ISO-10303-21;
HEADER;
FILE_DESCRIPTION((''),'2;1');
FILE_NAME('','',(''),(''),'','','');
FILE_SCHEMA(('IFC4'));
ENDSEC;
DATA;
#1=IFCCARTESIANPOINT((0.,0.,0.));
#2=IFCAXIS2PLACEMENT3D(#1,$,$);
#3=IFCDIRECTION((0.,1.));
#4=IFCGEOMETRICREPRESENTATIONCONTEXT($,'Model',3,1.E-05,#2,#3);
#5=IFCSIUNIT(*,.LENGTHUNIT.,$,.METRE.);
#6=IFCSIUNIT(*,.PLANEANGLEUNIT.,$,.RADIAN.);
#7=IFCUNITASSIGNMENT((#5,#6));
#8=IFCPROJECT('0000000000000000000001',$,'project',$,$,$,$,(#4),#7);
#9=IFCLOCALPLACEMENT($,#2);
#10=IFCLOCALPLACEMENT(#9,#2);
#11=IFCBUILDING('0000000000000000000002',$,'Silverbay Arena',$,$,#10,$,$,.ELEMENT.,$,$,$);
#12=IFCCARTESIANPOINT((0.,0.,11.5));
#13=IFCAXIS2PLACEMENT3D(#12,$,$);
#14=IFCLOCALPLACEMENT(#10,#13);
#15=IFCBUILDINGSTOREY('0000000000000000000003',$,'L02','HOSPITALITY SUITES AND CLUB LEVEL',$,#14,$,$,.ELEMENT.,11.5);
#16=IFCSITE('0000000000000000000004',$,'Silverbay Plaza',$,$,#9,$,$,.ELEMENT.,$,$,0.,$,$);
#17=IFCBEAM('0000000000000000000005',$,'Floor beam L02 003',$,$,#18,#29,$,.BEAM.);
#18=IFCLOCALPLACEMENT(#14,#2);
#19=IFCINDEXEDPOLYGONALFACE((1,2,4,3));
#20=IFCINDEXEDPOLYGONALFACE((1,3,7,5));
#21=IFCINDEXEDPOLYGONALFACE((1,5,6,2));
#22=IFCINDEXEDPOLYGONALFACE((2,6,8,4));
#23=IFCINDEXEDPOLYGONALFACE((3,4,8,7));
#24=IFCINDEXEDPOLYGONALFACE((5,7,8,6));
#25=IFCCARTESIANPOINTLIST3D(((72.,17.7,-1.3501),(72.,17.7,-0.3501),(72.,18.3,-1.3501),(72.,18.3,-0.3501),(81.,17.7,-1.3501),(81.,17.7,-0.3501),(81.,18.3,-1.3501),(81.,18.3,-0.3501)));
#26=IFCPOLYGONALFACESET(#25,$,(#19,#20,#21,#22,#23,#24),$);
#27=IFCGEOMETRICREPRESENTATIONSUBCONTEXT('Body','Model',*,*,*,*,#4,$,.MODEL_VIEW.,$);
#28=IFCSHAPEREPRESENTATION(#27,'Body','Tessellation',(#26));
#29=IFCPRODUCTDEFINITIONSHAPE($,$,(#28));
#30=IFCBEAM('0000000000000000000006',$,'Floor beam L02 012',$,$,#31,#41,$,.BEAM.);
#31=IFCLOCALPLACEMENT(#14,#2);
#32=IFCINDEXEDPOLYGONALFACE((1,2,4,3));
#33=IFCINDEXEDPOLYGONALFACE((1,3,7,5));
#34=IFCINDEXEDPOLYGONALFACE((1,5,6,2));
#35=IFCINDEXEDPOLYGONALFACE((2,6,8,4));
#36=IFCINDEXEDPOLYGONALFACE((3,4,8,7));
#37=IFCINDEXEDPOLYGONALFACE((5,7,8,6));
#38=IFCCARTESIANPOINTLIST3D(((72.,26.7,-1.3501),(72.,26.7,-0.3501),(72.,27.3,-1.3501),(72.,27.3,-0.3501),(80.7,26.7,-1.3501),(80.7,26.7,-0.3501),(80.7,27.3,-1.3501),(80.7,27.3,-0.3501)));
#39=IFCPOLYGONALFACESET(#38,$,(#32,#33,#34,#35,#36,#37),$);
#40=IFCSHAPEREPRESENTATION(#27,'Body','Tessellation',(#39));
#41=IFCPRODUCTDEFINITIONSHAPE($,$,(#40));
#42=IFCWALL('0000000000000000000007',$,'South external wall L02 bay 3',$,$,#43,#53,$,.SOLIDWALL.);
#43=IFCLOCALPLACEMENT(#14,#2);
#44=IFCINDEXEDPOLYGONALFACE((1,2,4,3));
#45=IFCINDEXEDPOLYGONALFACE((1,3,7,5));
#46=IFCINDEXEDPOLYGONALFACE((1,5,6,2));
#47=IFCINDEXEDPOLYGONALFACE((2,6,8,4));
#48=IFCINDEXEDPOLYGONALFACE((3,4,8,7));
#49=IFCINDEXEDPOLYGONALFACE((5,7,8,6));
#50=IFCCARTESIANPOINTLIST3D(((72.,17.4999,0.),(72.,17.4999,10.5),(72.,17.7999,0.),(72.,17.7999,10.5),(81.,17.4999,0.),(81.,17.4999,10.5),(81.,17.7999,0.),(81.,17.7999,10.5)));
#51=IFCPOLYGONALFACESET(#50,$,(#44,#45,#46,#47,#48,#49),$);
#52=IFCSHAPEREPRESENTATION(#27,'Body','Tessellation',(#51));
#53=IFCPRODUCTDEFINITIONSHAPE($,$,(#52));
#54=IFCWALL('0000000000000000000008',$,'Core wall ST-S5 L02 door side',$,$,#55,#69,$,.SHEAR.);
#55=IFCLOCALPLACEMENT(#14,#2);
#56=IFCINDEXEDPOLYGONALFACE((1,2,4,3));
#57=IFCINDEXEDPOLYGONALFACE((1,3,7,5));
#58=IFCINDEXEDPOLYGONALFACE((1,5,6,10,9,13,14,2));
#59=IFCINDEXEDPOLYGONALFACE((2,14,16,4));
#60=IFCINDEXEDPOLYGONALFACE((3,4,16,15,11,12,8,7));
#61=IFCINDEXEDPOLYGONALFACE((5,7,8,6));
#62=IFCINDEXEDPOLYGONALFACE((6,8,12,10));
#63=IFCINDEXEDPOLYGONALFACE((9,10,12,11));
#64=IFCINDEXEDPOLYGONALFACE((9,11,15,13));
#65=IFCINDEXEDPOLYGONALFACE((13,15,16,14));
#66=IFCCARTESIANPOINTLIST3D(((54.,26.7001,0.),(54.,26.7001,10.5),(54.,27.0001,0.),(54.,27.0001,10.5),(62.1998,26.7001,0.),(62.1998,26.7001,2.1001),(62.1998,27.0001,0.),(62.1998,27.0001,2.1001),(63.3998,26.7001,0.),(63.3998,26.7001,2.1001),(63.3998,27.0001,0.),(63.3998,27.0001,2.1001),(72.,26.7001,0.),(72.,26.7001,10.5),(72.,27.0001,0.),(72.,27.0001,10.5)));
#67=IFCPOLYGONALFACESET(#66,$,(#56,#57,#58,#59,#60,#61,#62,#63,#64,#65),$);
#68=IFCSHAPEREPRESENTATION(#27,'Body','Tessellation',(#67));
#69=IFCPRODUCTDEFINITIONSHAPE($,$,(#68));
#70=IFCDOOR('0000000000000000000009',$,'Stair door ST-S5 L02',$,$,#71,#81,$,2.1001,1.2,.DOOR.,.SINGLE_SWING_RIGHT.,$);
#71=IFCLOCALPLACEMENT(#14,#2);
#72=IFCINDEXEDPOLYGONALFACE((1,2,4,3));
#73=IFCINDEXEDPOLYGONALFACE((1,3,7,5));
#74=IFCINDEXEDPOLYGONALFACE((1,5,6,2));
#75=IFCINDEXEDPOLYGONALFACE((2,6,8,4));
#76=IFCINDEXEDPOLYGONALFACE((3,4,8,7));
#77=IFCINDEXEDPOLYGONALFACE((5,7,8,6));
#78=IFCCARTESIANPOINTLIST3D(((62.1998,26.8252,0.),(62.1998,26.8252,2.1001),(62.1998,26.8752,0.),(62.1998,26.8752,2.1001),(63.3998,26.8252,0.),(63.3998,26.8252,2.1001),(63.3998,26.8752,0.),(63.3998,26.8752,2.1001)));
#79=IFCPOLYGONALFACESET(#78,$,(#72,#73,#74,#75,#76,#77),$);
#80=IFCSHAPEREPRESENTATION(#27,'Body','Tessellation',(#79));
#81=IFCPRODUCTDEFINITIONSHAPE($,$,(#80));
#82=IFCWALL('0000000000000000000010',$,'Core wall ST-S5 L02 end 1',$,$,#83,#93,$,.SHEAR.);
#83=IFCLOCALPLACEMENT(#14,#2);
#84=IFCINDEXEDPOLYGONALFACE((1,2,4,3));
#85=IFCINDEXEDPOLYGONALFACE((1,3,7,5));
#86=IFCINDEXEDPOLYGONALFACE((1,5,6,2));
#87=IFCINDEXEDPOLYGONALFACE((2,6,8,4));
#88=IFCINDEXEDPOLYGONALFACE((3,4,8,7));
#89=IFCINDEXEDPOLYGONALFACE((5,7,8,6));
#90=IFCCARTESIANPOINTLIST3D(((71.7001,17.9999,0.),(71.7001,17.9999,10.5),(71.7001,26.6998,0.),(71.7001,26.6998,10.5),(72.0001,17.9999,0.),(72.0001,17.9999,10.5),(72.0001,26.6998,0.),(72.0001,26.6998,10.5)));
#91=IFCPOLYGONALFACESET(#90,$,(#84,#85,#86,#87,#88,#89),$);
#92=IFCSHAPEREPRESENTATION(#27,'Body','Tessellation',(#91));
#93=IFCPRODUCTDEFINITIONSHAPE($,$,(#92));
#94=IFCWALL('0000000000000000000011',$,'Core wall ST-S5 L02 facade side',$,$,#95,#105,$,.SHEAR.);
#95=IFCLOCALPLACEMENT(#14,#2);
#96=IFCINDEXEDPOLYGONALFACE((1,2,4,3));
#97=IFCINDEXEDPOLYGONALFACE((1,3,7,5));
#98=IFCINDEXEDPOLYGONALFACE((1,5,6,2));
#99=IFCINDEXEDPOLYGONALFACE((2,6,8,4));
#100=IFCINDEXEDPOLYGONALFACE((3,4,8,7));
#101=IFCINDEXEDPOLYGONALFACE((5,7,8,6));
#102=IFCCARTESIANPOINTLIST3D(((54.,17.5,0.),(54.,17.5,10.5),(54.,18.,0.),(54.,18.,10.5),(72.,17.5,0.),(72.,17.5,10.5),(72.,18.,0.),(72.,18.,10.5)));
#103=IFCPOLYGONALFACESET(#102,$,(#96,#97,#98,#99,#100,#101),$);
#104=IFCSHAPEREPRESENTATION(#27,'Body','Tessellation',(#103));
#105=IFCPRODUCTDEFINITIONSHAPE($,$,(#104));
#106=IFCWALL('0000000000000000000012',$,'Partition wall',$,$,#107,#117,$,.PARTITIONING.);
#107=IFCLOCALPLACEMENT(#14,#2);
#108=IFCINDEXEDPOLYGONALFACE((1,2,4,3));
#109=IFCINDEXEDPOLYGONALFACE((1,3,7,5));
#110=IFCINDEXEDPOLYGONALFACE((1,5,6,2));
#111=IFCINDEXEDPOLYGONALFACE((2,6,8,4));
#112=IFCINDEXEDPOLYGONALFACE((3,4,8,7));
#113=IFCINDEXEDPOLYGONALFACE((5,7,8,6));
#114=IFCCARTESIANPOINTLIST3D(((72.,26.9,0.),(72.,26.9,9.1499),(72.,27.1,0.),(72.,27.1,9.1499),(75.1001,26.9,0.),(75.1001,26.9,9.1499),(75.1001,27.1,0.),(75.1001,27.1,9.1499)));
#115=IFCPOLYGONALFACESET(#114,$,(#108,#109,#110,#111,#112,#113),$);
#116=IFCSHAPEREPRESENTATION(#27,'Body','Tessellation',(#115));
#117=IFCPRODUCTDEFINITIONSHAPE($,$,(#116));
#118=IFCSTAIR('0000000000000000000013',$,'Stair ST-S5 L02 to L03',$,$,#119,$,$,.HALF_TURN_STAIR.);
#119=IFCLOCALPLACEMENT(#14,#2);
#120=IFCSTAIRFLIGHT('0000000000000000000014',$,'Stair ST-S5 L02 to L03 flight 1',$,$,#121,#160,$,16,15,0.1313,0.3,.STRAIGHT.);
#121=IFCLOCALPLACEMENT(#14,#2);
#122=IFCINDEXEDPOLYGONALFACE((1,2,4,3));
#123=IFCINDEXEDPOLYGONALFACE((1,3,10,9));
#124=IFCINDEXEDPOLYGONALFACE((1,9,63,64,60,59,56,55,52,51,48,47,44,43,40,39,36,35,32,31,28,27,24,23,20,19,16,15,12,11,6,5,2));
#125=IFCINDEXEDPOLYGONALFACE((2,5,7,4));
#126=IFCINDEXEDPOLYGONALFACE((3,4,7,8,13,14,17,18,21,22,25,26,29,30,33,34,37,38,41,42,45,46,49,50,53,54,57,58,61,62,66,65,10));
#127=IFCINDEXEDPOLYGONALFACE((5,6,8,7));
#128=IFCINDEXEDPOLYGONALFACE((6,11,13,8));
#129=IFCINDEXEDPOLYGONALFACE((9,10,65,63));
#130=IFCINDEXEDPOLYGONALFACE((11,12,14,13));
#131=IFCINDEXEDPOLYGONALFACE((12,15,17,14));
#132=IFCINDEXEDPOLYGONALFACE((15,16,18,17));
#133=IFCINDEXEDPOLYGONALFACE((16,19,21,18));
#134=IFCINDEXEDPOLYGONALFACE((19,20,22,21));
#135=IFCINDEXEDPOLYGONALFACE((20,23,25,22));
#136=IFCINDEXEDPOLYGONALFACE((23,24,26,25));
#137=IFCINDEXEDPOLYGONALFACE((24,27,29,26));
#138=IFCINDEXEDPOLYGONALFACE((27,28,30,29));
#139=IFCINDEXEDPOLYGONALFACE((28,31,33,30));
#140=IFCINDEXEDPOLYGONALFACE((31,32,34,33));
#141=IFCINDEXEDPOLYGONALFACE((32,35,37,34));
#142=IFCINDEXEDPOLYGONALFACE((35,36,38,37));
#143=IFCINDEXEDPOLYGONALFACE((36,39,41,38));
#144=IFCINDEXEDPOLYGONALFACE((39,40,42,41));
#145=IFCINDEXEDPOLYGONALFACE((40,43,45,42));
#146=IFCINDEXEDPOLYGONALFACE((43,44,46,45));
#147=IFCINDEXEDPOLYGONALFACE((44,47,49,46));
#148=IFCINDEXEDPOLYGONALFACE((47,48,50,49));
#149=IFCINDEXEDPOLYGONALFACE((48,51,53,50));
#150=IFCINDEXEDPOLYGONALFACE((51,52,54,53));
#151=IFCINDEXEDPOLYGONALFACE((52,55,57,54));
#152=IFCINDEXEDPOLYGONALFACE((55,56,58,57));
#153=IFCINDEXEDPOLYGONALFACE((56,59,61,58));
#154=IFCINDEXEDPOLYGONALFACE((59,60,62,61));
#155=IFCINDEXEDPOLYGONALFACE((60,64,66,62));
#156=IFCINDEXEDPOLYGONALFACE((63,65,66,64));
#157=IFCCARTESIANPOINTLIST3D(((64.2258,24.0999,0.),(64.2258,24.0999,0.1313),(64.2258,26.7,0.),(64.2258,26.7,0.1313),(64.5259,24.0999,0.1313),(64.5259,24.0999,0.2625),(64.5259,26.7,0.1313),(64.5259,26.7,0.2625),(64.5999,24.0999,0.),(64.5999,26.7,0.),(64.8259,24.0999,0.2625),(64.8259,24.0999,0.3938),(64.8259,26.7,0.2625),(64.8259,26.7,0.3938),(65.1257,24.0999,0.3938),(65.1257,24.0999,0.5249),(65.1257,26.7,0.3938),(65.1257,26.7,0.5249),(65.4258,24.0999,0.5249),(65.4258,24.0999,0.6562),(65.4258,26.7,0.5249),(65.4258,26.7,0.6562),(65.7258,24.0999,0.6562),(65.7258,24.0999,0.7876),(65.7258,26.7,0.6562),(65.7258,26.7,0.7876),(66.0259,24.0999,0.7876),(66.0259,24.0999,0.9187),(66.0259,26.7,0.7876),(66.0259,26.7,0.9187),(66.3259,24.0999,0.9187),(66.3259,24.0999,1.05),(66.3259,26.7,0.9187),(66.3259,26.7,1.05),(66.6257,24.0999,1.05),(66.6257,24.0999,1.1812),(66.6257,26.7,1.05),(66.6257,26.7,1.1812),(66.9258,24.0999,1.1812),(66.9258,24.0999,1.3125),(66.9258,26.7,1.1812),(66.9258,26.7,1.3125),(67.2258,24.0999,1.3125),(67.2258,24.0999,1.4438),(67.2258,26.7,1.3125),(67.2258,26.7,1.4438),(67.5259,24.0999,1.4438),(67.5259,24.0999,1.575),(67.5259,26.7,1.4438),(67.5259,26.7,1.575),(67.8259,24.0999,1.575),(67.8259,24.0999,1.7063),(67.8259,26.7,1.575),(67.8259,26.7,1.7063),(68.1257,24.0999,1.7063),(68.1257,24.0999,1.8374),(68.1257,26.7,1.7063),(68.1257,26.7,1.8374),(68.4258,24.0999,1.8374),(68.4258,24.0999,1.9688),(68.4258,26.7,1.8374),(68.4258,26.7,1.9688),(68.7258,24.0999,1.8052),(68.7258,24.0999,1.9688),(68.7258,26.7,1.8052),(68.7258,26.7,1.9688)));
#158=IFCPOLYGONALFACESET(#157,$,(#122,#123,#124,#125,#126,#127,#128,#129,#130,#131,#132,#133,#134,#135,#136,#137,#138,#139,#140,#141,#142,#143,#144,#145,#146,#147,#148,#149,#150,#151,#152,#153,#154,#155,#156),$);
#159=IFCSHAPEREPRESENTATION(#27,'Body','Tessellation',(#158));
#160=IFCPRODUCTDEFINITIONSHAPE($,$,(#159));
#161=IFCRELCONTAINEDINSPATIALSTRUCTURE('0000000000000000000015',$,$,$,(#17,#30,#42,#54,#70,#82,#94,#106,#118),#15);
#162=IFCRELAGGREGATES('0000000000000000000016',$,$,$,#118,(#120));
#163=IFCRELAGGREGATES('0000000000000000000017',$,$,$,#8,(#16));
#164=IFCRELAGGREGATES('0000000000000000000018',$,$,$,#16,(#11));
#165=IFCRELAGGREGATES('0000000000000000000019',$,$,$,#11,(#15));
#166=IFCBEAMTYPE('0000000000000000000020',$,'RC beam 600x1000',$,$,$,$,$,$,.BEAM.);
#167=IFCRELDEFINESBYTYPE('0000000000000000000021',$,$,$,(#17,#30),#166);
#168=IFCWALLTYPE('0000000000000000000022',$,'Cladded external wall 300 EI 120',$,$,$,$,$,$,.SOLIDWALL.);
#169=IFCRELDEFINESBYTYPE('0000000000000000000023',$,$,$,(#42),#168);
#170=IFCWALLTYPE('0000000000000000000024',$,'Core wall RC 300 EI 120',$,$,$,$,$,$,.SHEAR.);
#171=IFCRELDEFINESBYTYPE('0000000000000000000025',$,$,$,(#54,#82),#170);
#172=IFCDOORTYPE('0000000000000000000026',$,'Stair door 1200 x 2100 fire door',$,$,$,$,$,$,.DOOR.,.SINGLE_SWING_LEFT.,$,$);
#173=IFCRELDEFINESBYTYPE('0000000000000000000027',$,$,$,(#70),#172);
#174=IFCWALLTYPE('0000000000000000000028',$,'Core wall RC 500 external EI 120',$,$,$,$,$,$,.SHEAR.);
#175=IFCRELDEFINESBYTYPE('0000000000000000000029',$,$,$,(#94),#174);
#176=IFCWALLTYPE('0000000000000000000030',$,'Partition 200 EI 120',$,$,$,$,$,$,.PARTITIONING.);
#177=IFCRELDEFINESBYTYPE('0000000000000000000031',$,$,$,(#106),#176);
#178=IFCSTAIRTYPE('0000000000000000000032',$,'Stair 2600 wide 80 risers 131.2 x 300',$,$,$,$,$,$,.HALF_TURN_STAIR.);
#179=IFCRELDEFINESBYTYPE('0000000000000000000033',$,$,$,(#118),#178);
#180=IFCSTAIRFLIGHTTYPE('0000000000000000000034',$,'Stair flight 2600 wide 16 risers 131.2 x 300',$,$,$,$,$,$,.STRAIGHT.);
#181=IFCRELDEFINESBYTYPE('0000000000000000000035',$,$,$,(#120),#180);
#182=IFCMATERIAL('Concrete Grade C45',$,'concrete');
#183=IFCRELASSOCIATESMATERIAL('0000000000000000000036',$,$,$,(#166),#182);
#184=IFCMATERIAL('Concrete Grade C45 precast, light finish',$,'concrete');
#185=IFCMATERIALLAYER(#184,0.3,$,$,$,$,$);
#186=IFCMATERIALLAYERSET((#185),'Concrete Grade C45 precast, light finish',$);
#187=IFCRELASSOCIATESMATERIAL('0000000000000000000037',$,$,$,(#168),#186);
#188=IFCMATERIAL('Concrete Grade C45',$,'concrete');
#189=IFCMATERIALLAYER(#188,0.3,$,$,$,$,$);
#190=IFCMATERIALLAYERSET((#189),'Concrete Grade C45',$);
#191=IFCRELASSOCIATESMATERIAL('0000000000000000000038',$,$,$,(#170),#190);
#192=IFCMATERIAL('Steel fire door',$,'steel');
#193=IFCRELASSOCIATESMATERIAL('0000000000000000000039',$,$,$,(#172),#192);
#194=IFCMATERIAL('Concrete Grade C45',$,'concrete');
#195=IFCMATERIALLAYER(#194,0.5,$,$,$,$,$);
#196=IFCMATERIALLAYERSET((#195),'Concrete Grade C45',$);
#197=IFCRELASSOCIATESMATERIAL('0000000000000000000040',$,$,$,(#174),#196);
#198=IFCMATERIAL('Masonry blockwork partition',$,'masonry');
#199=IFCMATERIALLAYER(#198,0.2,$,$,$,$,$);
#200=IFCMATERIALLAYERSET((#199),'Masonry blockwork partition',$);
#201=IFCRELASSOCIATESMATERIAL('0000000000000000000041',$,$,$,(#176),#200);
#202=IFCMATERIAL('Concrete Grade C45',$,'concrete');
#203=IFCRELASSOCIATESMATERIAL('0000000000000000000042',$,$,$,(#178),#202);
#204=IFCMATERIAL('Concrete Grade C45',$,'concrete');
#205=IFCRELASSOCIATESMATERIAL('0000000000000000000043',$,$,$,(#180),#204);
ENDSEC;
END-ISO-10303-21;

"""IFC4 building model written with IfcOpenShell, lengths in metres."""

from ifc_helpers import new_model, si_unit, direction, frame, frame_2d, origin, origin_2d, place, context, subcontext, project, spatial, polyline, rectangle, outline, extrude, material, layer, layer_set, material_profile, profile_set, type_object, element, fill, aggregate, save


model = new_model("IFC4")

# Units and contexts
model_context = context("Model", 3, precision=1e-05, world=origin(), true_north=direction((0.0, 1.0)))
body_context = subcontext(model_context, "Body", "Model", "MODEL_VIEW")
ifc_project = project(units=[si_unit("LENGTHUNIT", "METRE"), si_unit("PLANEANGLEUNIT", "RADIAN")], contexts=[model_context])

# Site, building, storey
site_placement = place(None, origin())
site = spatial("IfcSite", under=ifc_project, at=site_placement, Name="Silverbay Plaza", CompositionType="ELEMENT", RefElevation=0.0)
building_placement = place(site_placement, origin())
building = spatial("IfcBuilding", under=site, at=building_placement, Name="Silverbay Arena", CompositionType="ELEMENT")
storey_placement = place(building_placement, frame((0.0, 0.0, 11.5)))
storey = spatial("IfcBuildingStorey", under=building, at=storey_placement, Name="L02", Description="HOSPITALITY SUITES AND CLUB LEVEL", CompositionType="ELEMENT", Elevation=11.5)

# Beams
ifc_material_1 = material(Name="Concrete Grade C45", Category="concrete")
ifc_material_profile = material_profile(ifc_material_1, rectangle(XDim=0.6001, YDim=1.0, at=origin_2d()), Name="RC 600x1000")
ifc_profile_set = profile_set([ifc_material_profile], Name="Concrete Grade C45")
beam_type = type_object("IfcBeamType", Name="RC beam 600x1000", PredefinedType="BEAM", material=ifc_profile_set)
beam_1_placement = place(storey_placement, frame((72.0, 18.0, -0.8501), z_axis=(1.0, 0.0, 0.0), x_axis=(0.0, 1.0, 0.0)))
element("IfcBeam", 1, at=beam_1_placement, inside=storey, type_object=beam_type, Name="Floor beam L02 003", PredefinedType="BEAM", context=body_context, shape_type="SweptSolid", body=[
    extrude(rectangle(XDim=0.6001, YDim=1.0, at=origin_2d()), origin(), (0.0, 0.0, 1.0), 9.0),
])
beam_2_placement = place(storey_placement, frame((72.0, 27.0, -0.8501), z_axis=(1.0, 0.0, 0.0), x_axis=(0.0, 1.0, 0.0)))
element("IfcBeam", 2, at=beam_2_placement, inside=storey, type_object=beam_type, Name="Floor beam L02 012", PredefinedType="BEAM", context=body_context, shape_type="SweptSolid", body=[
    extrude(rectangle(XDim=0.6001, YDim=1.0, at=origin_2d()), origin(), (0.0, 0.0, 1.0), 8.7),
])

# Wall
ifc_material_2 = material(Name="Concrete Grade C45 precast, light finish", Category="concrete")
ifc_layer_1 = layer(ifc_material_2, 0.3)
ifc_layer_set_1 = layer_set([ifc_layer_1], Name="Concrete Grade C45 precast, light finish")
wall_type_1 = type_object("IfcWallType", Name="Cladded external wall 300 EI 120", PredefinedType="SOLIDWALL", material=ifc_layer_set_1)
wall_1_placement = place(storey_placement, frame((72.0, 17.6499, 0.0), z_axis=(0.0, 0.0, 1.0), x_axis=(1.0, 0.0, 0.0)))
element("IfcWall", 3, at=wall_1_placement, inside=storey, type_object=wall_type_1, Name="South external wall L02 bay 3", PredefinedType="SOLIDWALL", context=body_context, shape_type="SweptSolid", body=[
    extrude(rectangle(XDim=9.0, YDim=0.3, at=frame_2d((4.5, 0.0))), origin(), (0.0, 0.0, 1.0), 10.5),
])

# Wall, opening, door
ifc_material_3 = material(Name="Concrete Grade C45", Category="concrete")
ifc_layer_2 = layer(ifc_material_3, 0.3)
ifc_layer_set_2 = layer_set([ifc_layer_2], Name="Concrete Grade C45")
wall_type_2 = type_object("IfcWallType", Name="Core wall RC 300 EI 120", PredefinedType="SHEAR", material=ifc_layer_set_2)
wall_2_placement = place(storey_placement, frame((72.0, 26.8501, 0.0), z_axis=(0.0, 0.0, 1.0), x_axis=(-1.0, 0.0, 0.0)))
wall_2 = element("IfcWall", 4, at=wall_2_placement, inside=storey, type_object=wall_type_2, Name="Core wall ST-S5 L02 door side", PredefinedType="SHEAR", context=body_context, shape_type="SweptSolid", body=[
    extrude(rectangle(XDim=18.0, YDim=0.3, at=frame_2d((9.0, 0.0))), origin(), (0.0, 0.0, 1.0), 10.5),
])
opening_placement = place(wall_2_placement, frame((8.6001, 0.0, 0.0)))
opening = element("IfcOpeningElement", 5, at=opening_placement, cuts=wall_2, PredefinedType="OPENING", context=body_context, shape_type="SweptSolid", body=[
    extrude(rectangle(XDim=1.2, YDim=2.1001, at=frame_2d((0.6001, 1.05))), frame((0.0, 0.1602, 0.0), z_axis=(0.0, -1.0, 0.0), x_axis=(1.0, 0.0, 0.0)), (0.0, 0.0, 1.0), 0.3201),
])
ifc_material_4 = material(Name="Steel fire door", Category="steel")
door_type = type_object("IfcDoorType", Name="Stair door 1200 x 2100 fire door", OperationType="SINGLE_SWING_LEFT", PredefinedType="DOOR", material=ifc_material_4)
door_placement = place(opening_placement, origin())
door = element("IfcDoor", 6, at=door_placement, inside=storey, type_object=door_type, Name="Stair door ST-S5 L02", OperationType="SINGLE_SWING_RIGHT", OverallHeight=2.1001, OverallWidth=1.2, PredefinedType="DOOR", context=body_context, shape_type="SweptSolid", body=[
    extrude(rectangle(XDim=1.2, YDim=2.1001, at=frame_2d((0.6001, 1.05))), frame((0.0, 0.0249, 0.0), z_axis=(0.0, -1.0, 0.0), x_axis=(1.0, 0.0, 0.0)), (0.0, 0.0, 1.0), 0.05),
])
fill(opening, door)

# Walls
wall_3_placement = place(storey_placement, frame((71.8501, 26.7, 0.0), z_axis=(0.0, 0.0, 1.0), x_axis=(0.0, -1.0, 0.0)))
element("IfcWall", 7, at=wall_3_placement, inside=storey, type_object=wall_type_2, Name="Core wall ST-S5 L02 end 1", PredefinedType="SHEAR", context=body_context, shape_type="SweptSolid", body=[
    extrude(rectangle(XDim=8.7, YDim=0.3, at=frame_2d((4.3501, 0.0))), origin(), (0.0, 0.0, 1.0), 10.5),
])
ifc_material_5 = material(Name="Concrete Grade C45", Category="concrete")
ifc_layer_3 = layer(ifc_material_5, 0.5)
ifc_layer_set_3 = layer_set([ifc_layer_3], Name="Concrete Grade C45")
wall_type_3 = type_object("IfcWallType", Name="Core wall RC 500 external EI 120", PredefinedType="SHEAR", material=ifc_layer_set_3)
wall_4_placement = place(storey_placement, frame((72.0, 17.75, 0.0), z_axis=(0.0, 0.0, 1.0), x_axis=(-1.0, 0.0, 0.0)))
element("IfcWall", 8, at=wall_4_placement, inside=storey, type_object=wall_type_3, Name="Core wall ST-S5 L02 facade side", PredefinedType="SHEAR", context=body_context, shape_type="SweptSolid", body=[
    extrude(rectangle(XDim=18.0, YDim=0.5, at=frame_2d((9.0, 0.0))), origin(), (0.0, 0.0, 1.0), 10.5),
])
ifc_material_6 = material(Name="Masonry blockwork partition", Category="masonry")
ifc_layer_4 = layer(ifc_material_6, 0.2)
ifc_layer_set_4 = layer_set([ifc_layer_4], Name="Masonry blockwork partition")
wall_type_4 = type_object("IfcWallType", Name="Partition 200 EI 120", PredefinedType="PARTITIONING", material=ifc_layer_set_4)
wall_5_placement = place(storey_placement, frame((72.0, 27.0, 0.0), z_axis=(0.0, 0.0, 1.0), x_axis=(1.0, 0.0, 0.0)))
element("IfcWall", 9, at=wall_5_placement, inside=storey, type_object=wall_type_4, Name="Partition wall", PredefinedType="PARTITIONING", context=body_context, shape_type="SweptSolid", body=[
    extrude(rectangle(XDim=3.1001, YDim=0.2, at=frame_2d((1.55, 0.0))), origin(), (0.0, 0.0, 1.0), 9.1499),
])

# Stair, stair flight
ifc_material_7 = material(Name="Concrete Grade C45", Category="concrete")
stair_type = type_object("IfcStairType", Name="Stair 2600 wide 80 risers 131.2 x 300", PredefinedType="HALF_TURN_STAIR", material=ifc_material_7)
stair_placement = place(storey_placement, origin())
stair = element("IfcStair", 10, at=stair_placement, inside=storey, type_object=stair_type, Name="Stair ST-S5 L02 to L03", PredefinedType="HALF_TURN_STAIR")
ifc_material_8 = material(Name="Concrete Grade C45", Category="concrete")
stair_flight_type = type_object("IfcStairFlightType", Name="Stair flight 2600 wide 16 risers 131.2 x 300", PredefinedType="STRAIGHT", material=ifc_material_8)
stair_flight_1_placement = place(storey_placement, frame((64.2258, 25.3999, 0.0), z_axis=(0.0, 0.0, 1.0), x_axis=(1.0, 0.0, 0.0)))
stair_flight_1 = element("IfcStairFlight", 11, at=stair_flight_1_placement, type_object=stair_flight_type, Name="Stair ST-S5 L02 to L03 flight 1", NumberOfRisers=16, NumberOfTreads=15, PredefinedType="STRAIGHT", RiserHeight=0.1313, TreadLength=0.3, context=body_context, shape_type="SweptSolid", body=[
    extrude(outline(polyline([(0.0, 0.0), (0.0, 0.1313), (0.3, 0.1313), (0.3, 0.2625), (0.6001, 0.2625), (0.6001, 0.3938), (0.8999, 0.3938), (0.8999, 0.5249), (1.2, 0.5249), (1.2, 0.6562), (1.5, 0.6562), (1.5, 0.7876), (1.8, 0.7876), (1.8, 0.9187), (2.1001, 0.9187), (2.1001, 1.05), (2.3999, 1.05), (2.3999, 1.1812), (2.7, 1.1812), (2.7, 1.3125), (3.0, 1.3125), (3.0, 1.4438), (3.3, 1.4438), (3.3, 1.575), (3.6001, 1.575), (3.6001, 1.7063), (3.8999, 1.7063), (3.8999, 1.8374), (4.2, 1.8374), (4.2, 1.9688), (4.5, 1.9688), (4.5, 1.8052), (0.374, 0.0), (0.0, 0.0)])), frame((0.0, 1.3, 0.0), z_axis=(0.0, -1.0, 0.0), x_axis=(1.0, 0.0, 0.0)), (0.0, 0.0, 1.0), 2.6001),
])
aggregate(stair, [stair_flight_1])

save(model, "model.ifc")
